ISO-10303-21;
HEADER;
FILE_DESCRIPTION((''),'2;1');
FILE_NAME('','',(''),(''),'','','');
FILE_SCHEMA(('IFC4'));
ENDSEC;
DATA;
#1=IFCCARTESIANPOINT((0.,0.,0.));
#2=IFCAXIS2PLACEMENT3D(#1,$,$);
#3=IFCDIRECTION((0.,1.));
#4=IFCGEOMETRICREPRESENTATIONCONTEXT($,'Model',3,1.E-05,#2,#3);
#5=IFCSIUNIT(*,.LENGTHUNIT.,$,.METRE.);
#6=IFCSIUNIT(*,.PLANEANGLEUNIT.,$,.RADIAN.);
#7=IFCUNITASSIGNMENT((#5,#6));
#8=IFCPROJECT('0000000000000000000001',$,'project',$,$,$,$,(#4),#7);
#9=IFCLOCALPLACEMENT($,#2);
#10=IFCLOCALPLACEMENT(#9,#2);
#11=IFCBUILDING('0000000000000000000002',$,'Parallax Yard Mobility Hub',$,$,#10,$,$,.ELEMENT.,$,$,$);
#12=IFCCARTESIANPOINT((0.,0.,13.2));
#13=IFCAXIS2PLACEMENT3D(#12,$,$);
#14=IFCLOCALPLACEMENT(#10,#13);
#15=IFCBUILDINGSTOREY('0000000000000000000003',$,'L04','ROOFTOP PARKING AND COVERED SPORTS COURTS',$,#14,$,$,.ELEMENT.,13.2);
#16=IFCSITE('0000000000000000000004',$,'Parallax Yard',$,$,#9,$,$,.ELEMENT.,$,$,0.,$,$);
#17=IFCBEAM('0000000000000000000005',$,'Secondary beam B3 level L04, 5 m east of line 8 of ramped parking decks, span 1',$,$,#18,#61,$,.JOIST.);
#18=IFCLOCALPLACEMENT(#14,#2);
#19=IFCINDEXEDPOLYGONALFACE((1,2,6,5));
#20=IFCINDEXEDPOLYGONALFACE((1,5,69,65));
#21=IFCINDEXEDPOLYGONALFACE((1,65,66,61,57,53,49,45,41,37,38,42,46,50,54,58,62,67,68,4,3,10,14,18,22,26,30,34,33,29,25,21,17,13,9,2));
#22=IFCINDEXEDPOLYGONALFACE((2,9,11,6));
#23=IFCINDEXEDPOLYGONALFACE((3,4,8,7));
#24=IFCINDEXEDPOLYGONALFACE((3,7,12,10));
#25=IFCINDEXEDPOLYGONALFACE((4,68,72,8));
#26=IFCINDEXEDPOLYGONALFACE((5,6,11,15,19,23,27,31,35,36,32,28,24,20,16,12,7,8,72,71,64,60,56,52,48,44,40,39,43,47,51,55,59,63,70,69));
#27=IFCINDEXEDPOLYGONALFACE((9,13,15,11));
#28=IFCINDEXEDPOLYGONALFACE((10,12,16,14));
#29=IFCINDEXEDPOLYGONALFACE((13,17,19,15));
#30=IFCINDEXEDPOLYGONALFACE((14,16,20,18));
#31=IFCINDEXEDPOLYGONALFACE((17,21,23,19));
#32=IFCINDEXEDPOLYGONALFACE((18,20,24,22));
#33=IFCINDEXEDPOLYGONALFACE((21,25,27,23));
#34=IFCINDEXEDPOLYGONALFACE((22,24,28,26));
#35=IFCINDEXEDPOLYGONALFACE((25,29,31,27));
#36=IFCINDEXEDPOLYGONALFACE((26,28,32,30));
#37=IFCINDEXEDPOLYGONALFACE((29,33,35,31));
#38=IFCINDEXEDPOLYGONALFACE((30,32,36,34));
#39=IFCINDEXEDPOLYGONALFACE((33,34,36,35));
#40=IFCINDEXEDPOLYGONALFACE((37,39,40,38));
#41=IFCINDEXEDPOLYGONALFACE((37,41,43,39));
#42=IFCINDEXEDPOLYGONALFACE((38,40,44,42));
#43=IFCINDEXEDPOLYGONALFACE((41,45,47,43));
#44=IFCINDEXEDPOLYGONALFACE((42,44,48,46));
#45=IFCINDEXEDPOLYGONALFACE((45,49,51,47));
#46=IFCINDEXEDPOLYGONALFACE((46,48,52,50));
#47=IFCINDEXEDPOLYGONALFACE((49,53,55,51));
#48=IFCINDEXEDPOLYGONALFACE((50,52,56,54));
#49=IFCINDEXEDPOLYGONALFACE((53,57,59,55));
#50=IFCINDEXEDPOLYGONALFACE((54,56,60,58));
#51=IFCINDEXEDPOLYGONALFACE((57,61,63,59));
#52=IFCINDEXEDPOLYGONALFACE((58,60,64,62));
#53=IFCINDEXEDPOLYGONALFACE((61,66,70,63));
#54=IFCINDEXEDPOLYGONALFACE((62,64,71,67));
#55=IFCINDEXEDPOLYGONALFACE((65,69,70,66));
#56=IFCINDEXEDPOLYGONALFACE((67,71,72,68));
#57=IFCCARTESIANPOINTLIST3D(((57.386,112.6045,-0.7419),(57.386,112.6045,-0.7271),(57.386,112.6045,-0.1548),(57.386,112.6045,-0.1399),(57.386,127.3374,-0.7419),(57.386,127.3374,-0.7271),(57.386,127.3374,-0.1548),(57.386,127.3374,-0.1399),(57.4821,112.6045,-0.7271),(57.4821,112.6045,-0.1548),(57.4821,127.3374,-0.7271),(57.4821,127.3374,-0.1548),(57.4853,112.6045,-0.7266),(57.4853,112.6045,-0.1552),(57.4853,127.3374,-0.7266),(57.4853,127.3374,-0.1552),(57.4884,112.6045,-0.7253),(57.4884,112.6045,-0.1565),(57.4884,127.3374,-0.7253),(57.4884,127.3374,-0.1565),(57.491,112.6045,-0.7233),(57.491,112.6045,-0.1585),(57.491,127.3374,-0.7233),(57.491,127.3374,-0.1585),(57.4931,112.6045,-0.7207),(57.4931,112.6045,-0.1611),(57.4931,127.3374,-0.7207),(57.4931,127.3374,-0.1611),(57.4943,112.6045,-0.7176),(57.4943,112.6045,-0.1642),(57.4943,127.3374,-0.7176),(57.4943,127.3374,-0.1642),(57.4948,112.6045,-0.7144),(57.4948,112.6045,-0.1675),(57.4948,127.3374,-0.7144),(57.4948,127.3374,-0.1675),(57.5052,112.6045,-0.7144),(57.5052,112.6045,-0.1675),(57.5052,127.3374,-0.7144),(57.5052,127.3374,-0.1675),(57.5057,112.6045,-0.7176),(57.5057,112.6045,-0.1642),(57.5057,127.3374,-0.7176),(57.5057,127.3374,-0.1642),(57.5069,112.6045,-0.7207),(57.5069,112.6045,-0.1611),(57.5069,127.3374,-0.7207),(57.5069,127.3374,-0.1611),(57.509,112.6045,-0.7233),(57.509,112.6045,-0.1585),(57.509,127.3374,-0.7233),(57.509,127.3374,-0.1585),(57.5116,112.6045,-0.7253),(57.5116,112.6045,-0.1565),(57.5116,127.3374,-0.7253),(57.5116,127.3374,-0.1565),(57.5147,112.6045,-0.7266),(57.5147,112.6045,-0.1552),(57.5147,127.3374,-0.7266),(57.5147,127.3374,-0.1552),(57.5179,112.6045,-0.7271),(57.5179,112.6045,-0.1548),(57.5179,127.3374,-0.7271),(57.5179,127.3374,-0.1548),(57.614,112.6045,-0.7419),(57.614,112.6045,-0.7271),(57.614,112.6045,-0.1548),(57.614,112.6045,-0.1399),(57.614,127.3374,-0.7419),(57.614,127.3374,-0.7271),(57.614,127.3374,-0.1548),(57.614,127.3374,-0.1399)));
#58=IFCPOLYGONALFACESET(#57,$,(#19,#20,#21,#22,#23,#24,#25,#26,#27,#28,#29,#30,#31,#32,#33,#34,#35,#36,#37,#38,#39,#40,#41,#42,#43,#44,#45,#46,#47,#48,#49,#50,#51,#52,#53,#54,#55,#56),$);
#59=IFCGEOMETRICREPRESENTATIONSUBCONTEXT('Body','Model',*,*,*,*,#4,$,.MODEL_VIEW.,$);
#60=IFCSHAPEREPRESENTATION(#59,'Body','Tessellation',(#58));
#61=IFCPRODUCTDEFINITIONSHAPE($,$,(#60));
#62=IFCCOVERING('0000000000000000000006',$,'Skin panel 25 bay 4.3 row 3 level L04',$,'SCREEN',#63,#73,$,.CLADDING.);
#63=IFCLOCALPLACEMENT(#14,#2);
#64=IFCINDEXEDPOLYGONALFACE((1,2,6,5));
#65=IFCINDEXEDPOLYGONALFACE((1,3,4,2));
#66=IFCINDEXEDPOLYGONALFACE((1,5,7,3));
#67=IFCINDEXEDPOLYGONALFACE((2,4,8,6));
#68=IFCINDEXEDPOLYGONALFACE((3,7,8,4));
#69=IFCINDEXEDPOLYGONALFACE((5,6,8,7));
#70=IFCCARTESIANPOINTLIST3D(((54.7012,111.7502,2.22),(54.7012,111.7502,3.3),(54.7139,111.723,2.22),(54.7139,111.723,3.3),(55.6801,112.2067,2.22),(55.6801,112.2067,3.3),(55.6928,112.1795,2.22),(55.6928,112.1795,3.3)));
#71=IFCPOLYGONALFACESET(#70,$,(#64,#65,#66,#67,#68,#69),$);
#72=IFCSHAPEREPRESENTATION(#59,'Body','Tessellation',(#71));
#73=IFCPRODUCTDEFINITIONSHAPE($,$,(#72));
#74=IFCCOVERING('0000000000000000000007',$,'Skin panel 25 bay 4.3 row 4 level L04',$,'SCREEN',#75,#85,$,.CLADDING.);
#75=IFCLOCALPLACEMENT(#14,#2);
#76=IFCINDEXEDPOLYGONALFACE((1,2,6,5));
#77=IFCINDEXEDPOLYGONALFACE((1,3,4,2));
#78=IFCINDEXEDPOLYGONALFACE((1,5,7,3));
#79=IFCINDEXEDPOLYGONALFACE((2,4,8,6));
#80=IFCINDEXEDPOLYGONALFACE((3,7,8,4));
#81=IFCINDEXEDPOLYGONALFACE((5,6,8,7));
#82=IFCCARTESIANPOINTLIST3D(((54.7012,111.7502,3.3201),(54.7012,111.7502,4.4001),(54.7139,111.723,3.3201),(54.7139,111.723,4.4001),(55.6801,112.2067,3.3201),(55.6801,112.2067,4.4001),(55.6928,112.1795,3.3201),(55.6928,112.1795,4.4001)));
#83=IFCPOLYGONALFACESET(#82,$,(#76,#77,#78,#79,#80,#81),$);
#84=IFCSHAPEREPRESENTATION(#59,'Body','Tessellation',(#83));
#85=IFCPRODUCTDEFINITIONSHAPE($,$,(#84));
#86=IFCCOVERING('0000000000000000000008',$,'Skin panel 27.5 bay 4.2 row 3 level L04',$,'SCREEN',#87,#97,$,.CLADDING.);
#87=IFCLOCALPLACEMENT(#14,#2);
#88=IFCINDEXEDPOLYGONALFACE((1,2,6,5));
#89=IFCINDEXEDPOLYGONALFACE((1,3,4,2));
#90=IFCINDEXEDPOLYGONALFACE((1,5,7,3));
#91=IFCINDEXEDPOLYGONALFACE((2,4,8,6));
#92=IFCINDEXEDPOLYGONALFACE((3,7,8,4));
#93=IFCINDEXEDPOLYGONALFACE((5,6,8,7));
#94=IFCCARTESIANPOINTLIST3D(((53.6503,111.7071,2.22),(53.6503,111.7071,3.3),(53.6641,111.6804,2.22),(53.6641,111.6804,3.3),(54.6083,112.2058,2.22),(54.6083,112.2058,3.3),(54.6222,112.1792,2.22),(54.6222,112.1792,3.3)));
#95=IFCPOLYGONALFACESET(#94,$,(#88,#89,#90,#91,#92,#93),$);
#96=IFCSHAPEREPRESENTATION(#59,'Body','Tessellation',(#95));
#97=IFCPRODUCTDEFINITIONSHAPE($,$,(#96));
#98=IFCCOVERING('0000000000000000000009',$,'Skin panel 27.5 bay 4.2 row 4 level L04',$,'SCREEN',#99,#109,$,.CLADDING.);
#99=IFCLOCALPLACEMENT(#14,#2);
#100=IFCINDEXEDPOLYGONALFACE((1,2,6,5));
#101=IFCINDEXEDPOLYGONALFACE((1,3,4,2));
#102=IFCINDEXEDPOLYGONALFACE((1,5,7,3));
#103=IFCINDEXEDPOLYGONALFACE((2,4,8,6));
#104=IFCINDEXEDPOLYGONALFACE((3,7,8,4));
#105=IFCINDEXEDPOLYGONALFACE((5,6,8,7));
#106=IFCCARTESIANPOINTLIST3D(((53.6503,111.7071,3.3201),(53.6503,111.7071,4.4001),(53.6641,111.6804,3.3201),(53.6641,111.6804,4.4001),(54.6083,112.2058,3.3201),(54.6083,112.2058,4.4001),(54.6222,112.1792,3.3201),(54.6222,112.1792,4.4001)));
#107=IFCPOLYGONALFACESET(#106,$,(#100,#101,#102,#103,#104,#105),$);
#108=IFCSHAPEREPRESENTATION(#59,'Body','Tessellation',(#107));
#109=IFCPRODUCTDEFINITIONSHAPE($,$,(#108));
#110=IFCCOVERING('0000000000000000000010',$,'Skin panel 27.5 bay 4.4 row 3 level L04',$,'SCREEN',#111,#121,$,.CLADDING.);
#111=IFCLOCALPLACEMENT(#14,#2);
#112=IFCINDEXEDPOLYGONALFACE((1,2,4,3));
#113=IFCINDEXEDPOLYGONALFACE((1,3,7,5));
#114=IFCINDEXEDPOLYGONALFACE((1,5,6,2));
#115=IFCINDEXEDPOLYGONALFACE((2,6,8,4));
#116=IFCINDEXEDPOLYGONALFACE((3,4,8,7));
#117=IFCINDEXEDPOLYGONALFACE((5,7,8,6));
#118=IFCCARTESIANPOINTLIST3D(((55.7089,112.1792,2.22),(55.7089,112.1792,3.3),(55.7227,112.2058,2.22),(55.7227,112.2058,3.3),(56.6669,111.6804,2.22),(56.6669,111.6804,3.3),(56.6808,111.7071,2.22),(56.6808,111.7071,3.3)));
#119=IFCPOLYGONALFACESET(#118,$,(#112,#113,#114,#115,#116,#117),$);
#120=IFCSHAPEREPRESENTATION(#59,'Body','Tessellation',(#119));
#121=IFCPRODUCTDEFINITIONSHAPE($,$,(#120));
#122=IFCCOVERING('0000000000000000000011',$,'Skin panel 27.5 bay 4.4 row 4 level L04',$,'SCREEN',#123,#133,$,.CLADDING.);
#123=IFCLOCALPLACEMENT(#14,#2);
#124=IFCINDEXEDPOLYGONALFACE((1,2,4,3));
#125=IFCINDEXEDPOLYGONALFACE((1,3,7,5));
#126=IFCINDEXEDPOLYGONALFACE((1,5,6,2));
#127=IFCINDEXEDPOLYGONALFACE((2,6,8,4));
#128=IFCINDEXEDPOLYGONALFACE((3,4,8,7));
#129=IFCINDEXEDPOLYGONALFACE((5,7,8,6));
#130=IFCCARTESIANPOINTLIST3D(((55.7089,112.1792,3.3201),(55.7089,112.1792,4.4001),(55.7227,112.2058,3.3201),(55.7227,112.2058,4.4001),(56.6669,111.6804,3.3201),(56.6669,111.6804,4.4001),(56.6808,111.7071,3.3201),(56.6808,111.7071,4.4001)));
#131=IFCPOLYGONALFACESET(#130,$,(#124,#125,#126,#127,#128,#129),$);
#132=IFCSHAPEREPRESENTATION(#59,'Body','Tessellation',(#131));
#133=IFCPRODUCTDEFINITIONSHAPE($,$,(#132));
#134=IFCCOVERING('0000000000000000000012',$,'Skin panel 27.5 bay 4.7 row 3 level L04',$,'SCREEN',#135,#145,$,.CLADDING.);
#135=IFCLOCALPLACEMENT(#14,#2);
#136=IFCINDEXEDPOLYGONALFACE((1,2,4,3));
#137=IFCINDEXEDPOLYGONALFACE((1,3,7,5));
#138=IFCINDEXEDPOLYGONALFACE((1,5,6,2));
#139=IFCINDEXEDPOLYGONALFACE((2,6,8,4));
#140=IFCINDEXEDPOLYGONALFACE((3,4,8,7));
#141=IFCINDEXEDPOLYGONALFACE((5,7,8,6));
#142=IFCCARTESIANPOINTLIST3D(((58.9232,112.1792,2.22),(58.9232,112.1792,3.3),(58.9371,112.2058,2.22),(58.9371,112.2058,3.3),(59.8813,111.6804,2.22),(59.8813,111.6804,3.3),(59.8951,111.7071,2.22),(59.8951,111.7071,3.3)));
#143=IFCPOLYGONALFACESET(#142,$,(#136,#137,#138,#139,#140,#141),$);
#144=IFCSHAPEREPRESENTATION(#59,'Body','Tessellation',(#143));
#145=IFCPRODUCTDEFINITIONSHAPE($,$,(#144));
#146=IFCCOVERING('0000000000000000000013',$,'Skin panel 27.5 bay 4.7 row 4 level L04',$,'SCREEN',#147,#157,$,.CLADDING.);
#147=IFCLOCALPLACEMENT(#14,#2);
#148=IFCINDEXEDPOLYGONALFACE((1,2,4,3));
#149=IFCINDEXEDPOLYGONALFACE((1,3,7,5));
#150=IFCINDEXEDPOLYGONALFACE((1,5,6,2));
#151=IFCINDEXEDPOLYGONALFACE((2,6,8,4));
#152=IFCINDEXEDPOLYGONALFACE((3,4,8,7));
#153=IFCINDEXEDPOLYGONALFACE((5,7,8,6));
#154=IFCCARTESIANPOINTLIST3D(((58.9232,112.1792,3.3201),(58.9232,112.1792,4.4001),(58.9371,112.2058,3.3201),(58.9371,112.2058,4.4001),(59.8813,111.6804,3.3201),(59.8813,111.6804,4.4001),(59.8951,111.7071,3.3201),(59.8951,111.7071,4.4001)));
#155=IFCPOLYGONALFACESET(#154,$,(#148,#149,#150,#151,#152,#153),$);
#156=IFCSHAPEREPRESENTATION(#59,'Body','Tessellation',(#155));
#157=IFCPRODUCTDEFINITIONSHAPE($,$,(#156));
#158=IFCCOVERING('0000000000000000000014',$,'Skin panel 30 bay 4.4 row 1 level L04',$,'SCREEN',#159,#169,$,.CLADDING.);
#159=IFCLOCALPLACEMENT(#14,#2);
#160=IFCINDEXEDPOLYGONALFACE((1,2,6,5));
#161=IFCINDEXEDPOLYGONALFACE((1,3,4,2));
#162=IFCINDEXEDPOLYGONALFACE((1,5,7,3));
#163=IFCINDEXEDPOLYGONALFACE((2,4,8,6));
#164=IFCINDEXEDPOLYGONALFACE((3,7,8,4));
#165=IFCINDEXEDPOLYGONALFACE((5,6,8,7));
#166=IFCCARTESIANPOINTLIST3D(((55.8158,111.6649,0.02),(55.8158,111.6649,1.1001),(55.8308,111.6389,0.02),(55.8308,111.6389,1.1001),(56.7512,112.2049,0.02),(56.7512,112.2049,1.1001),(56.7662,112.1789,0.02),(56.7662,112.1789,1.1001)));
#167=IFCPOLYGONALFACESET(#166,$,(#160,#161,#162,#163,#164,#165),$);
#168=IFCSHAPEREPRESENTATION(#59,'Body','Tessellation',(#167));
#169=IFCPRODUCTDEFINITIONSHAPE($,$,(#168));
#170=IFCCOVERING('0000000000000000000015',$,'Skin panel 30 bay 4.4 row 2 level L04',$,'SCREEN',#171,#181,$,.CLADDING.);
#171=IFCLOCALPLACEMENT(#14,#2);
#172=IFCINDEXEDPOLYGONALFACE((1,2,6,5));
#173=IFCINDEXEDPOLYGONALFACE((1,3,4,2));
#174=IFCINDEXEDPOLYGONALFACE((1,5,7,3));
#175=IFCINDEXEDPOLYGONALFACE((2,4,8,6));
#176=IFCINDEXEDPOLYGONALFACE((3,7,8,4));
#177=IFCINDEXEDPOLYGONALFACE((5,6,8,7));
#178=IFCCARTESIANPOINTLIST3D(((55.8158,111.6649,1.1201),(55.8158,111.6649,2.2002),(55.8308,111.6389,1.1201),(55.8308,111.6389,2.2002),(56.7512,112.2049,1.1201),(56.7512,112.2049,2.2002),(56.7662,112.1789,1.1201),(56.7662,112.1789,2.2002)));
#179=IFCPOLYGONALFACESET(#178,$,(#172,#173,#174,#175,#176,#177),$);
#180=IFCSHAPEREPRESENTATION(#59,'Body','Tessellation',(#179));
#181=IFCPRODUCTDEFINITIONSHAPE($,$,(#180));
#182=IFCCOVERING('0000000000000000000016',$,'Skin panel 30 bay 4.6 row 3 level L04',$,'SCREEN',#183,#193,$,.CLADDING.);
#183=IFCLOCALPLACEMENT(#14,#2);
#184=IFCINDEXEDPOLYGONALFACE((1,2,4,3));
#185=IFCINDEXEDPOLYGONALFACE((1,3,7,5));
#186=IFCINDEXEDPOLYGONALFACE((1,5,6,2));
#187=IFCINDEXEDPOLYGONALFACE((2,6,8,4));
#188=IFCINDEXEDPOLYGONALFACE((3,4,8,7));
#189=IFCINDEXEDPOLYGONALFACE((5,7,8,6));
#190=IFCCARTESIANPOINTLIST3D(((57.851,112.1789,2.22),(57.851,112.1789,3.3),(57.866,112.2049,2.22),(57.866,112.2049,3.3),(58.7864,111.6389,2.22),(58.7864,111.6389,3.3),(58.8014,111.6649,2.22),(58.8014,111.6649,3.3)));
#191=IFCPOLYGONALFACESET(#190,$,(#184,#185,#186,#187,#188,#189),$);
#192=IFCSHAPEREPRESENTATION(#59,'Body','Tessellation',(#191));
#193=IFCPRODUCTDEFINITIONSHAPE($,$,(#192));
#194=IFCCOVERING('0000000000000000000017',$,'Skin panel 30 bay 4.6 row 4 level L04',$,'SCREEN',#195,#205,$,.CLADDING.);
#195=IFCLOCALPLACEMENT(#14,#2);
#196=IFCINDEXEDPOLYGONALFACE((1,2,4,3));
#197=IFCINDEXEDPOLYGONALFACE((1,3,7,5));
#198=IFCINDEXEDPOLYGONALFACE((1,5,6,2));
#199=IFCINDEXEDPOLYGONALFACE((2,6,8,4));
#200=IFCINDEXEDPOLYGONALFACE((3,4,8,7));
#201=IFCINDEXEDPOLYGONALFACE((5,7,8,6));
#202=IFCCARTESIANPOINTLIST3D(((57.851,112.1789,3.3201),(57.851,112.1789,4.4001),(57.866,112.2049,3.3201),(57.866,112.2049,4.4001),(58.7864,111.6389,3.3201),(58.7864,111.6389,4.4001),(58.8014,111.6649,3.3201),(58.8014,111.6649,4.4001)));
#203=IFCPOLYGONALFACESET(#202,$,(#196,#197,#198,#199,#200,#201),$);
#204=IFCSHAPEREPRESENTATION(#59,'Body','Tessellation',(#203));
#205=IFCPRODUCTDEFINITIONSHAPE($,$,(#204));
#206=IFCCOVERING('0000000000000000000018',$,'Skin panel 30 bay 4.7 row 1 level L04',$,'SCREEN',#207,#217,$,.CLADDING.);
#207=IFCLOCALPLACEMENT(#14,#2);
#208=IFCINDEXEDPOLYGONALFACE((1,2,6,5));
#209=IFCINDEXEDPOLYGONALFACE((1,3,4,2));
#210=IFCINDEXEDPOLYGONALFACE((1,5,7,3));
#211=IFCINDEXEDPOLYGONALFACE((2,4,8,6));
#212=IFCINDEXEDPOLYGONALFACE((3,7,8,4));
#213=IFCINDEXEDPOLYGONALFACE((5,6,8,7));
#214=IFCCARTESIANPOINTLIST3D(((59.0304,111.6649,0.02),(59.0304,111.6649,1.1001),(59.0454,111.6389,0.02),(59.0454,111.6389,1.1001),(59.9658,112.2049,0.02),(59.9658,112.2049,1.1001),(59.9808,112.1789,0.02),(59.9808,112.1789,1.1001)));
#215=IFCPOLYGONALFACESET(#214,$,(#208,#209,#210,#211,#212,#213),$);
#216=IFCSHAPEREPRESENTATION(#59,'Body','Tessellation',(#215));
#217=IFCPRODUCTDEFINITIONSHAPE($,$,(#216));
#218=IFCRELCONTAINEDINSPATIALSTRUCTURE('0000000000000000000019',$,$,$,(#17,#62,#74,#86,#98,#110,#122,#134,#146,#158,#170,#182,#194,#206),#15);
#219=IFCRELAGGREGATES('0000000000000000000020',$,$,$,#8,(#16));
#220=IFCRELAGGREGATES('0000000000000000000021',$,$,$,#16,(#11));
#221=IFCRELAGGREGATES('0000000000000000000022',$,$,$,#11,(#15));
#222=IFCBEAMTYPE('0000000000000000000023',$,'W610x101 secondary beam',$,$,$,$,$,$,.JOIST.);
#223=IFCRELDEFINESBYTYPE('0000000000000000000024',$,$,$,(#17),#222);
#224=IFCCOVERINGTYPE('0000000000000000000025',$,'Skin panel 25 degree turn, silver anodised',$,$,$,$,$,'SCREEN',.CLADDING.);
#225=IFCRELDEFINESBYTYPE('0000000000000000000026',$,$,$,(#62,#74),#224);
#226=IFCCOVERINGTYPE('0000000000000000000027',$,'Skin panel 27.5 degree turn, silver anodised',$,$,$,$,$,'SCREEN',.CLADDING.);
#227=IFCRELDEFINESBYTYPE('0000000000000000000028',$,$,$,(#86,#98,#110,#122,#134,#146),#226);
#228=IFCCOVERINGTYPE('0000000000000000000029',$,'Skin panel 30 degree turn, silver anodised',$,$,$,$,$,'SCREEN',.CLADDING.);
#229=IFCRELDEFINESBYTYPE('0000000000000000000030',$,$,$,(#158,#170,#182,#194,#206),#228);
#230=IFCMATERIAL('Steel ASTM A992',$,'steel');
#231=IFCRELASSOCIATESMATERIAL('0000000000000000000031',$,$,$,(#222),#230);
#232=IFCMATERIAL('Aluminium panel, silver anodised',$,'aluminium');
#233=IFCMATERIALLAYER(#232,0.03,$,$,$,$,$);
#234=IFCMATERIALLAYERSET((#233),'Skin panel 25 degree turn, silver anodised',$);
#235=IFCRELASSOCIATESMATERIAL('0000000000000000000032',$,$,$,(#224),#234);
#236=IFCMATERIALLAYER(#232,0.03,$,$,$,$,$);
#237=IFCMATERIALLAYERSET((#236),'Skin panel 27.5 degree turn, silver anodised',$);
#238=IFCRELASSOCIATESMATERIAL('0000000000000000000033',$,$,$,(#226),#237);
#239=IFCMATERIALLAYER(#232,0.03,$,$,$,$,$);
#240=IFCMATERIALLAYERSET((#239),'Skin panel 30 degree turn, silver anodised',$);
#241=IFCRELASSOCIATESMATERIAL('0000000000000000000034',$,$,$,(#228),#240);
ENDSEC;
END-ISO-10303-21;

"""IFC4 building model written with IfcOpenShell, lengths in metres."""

from ifc_helpers import new_model, si_unit, direction, frame, origin, origin_2d, place, context, subcontext, project, spatial, rectangle, i_section, extrude, material, layer, layer_set, material_profile, profile_set, type_object, element, save


model = new_model("IFC4")

# Units and contexts
model_context = context("Model", 3, precision=1e-05, world=origin(), true_north=direction((0.0, 1.0)))
body_context = subcontext(model_context, "Body", "Model", "MODEL_VIEW")
ifc_project = project(units=[si_unit("LENGTHUNIT", "METRE"), si_unit("PLANEANGLEUNIT", "RADIAN")], contexts=[model_context])

# Site, building, storey
site_placement = place(None, origin())
site = spatial("IfcSite", under=ifc_project, at=site_placement, Name="Parallax Yard", CompositionType="ELEMENT", RefElevation=0.0)
building_placement = place(site_placement, origin())
building = spatial("IfcBuilding", under=site, at=building_placement, Name="Parallax Yard Mobility Hub", CompositionType="ELEMENT")
storey_placement = place(building_placement, frame((0.0, 0.0, 13.2)))
storey = spatial("IfcBuildingStorey", under=building, at=storey_placement, Name="L04", Description="ROOFTOP PARKING AND COVERED SPORTS COURTS", CompositionType="ELEMENT", Elevation=13.2)

# Beam
ifc_material_1 = material(Name="Steel ASTM A992", Category="steel")
ifc_material_profile_1 = material_profile(ifc_material_1, i_section(OverallWidth=0.228, OverallDepth=0.6021, WebThickness=0.0105, FlangeThickness=0.0149, FilletRadius=0.0127, at=origin_2d()), Name="W610x101")
ifc_profile_set_1 = profile_set([ifc_material_profile_1], Name="Steel ASTM A992")
beam_type = type_object("IfcBeamType", Name="W610x101 secondary beam", PredefinedType="JOIST", material=ifc_profile_set_1)
for number, where, z_axis, x_axis, name in (
    (1, (57.5, 112.6045, -0.4409), (0.0, 1.0, 0.0), (-1.0, 0.0, 0.0), "Secondary beam B3 level L04, 5 m east of line 8 of ramped parking decks, span 1"),
):
    element("IfcBeam", number, at=place(storey_placement, frame(where, z_axis=z_axis, x_axis=x_axis)), inside=storey, type_object=beam_type, Name=name, PredefinedType="JOIST", context=body_context, shape_type="SweptSolid", body=[
        extrude(i_section(OverallWidth=0.228, OverallDepth=0.6021, WebThickness=0.0105, FlangeThickness=0.0149, FilletRadius=0.0127, at=origin_2d()), origin(), (0.0, 0.0, 1.0), 14.7329),
    ])

# Coverings
ifc_material_2 = material(Name="Aluminium panel, silver anodised", Category="aluminium")
ifc_layer_1 = layer(ifc_material_2, 0.03)
ifc_layer_set_1 = layer_set([ifc_layer_1], Name="Skin panel 25 degree turn, silver anodised")
covering_type_1 = type_object("IfcCoveringType", Name="Skin panel 25 degree turn, silver anodised", ElementType="SCREEN", PredefinedType="CLADDING", material=ifc_layer_set_1)
for number, where, z_axis, x_axis, name in (
    (2, (55.197, 111.9648, 2.22), (0.0, 0.0, 1.0), (-0.906308, -0.422618, 0.0), "Skin panel 25 bay 4.3 row 3 level L04"),
    (3, (55.197, 111.9648, 3.3201), (0.0, 0.0, 1.0), (-0.906308, -0.422618, 0.0), "Skin panel 25 bay 4.3 row 4 level L04"),
):
    element("IfcCovering", number, at=place(storey_placement, frame(where, z_axis=z_axis, x_axis=x_axis)), inside=storey, type_object=covering_type_1, Name=name, ObjectType="SCREEN", PredefinedType="CLADDING", context=body_context, shape_type="SweptSolid", body=[
        extrude(rectangle(XDim=1.0801, YDim=0.03, at=origin_2d()), origin(), (0.0, 0.0, 1.0), 1.0801),
    ])
ifc_layer_2 = layer(ifc_material_2, 0.03)
ifc_layer_set_2 = layer_set([ifc_layer_2], Name="Skin panel 27.5 degree turn, silver anodised")
covering_type_2 = type_object("IfcCoveringType", Name="Skin panel 27.5 degree turn, silver anodised", ElementType="SCREEN", PredefinedType="CLADDING", material=ifc_layer_set_2)
for number, where, z_axis, x_axis, name in (
    (4, (54.1362, 111.9431, 2.22), (0.0, 0.0, 1.0), (-0.887011, -0.461749, 0.0), "Skin panel 27.5 bay 4.2 row 3 level L04"),
    (5, (54.1362, 111.9431, 3.3201), (0.0, 0.0, 1.0), (-0.887011, -0.461749, 0.0), "Skin panel 27.5 bay 4.2 row 4 level L04"),
    (6, (56.1948, 111.9431, 2.22), (0.0, 0.0, 1.0), (0.887011, -0.461749, 0.0), "Skin panel 27.5 bay 4.4 row 3 level L04"),
    (7, (56.1948, 111.9431, 3.3201), (0.0, 0.0, 1.0), (0.887011, -0.461749, 0.0), "Skin panel 27.5 bay 4.4 row 4 level L04"),
    (8, (59.4092, 111.9431, 2.22), (0.0, 0.0, 1.0), (0.887011, -0.461749, 0.0), "Skin panel 27.5 bay 4.7 row 3 level L04"),
    (9, (59.4092, 111.9431, 3.3201), (0.0, 0.0, 1.0), (0.887011, -0.461749, 0.0), "Skin panel 27.5 bay 4.7 row 4 level L04"),
):
    element("IfcCovering", number, at=place(storey_placement, frame(where, z_axis=z_axis, x_axis=x_axis)), inside=storey, type_object=covering_type_2, Name=name, ObjectType="SCREEN", PredefinedType="CLADDING", context=body_context, shape_type="SweptSolid", body=[
        extrude(rectangle(XDim=1.0801, YDim=0.03, at=origin_2d()), origin(), (0.0, 0.0, 1.0), 1.0801),
    ])
ifc_layer_3 = layer(ifc_material_2, 0.03)
ifc_layer_set_3 = layer_set([ifc_layer_3], Name="Skin panel 30 degree turn, silver anodised")
covering_type_3 = type_object("IfcCoveringType", Name="Skin panel 30 degree turn, silver anodised", ElementType="SCREEN", PredefinedType="CLADDING", material=ifc_layer_set_3)
for number, where, z_axis, x_axis, name in (
    (10, (56.291, 111.9219, 0.02), (0.0, 0.0, 1.0), (-0.866025, -0.5, 0.0), "Skin panel 30 bay 4.4 row 1 level L04"),
    (11, (56.291, 111.9219, 1.1201), (0.0, 0.0, 1.0), (-0.866025, -0.5, 0.0), "Skin panel 30 bay 4.4 row 2 level L04"),
    (12, (58.3262, 111.9219, 2.22), (0.0, 0.0, 1.0), (0.866025, -0.5, 0.0), "Skin panel 30 bay 4.6 row 3 level L04"),
    (13, (58.3262, 111.9219, 3.3201), (0.0, 0.0, 1.0), (0.866025, -0.5, 0.0), "Skin panel 30 bay 4.6 row 4 level L04"),
    (14, (59.5056, 111.9219, 0.02), (0.0, 0.0, 1.0), (-0.866025, -0.5, 0.0), "Skin panel 30 bay 4.7 row 1 level L04"),
):
    element("IfcCovering", number, at=place(storey_placement, frame(where, z_axis=z_axis, x_axis=x_axis)), inside=storey, type_object=covering_type_3, Name=name, ObjectType="SCREEN", PredefinedType="CLADDING", context=body_context, shape_type="SweptSolid", body=[
        extrude(rectangle(XDim=1.0801, YDim=0.03, at=origin_2d()), origin(), (0.0, 0.0, 1.0), 1.0801),
    ])

save(model, "model.ifc")
